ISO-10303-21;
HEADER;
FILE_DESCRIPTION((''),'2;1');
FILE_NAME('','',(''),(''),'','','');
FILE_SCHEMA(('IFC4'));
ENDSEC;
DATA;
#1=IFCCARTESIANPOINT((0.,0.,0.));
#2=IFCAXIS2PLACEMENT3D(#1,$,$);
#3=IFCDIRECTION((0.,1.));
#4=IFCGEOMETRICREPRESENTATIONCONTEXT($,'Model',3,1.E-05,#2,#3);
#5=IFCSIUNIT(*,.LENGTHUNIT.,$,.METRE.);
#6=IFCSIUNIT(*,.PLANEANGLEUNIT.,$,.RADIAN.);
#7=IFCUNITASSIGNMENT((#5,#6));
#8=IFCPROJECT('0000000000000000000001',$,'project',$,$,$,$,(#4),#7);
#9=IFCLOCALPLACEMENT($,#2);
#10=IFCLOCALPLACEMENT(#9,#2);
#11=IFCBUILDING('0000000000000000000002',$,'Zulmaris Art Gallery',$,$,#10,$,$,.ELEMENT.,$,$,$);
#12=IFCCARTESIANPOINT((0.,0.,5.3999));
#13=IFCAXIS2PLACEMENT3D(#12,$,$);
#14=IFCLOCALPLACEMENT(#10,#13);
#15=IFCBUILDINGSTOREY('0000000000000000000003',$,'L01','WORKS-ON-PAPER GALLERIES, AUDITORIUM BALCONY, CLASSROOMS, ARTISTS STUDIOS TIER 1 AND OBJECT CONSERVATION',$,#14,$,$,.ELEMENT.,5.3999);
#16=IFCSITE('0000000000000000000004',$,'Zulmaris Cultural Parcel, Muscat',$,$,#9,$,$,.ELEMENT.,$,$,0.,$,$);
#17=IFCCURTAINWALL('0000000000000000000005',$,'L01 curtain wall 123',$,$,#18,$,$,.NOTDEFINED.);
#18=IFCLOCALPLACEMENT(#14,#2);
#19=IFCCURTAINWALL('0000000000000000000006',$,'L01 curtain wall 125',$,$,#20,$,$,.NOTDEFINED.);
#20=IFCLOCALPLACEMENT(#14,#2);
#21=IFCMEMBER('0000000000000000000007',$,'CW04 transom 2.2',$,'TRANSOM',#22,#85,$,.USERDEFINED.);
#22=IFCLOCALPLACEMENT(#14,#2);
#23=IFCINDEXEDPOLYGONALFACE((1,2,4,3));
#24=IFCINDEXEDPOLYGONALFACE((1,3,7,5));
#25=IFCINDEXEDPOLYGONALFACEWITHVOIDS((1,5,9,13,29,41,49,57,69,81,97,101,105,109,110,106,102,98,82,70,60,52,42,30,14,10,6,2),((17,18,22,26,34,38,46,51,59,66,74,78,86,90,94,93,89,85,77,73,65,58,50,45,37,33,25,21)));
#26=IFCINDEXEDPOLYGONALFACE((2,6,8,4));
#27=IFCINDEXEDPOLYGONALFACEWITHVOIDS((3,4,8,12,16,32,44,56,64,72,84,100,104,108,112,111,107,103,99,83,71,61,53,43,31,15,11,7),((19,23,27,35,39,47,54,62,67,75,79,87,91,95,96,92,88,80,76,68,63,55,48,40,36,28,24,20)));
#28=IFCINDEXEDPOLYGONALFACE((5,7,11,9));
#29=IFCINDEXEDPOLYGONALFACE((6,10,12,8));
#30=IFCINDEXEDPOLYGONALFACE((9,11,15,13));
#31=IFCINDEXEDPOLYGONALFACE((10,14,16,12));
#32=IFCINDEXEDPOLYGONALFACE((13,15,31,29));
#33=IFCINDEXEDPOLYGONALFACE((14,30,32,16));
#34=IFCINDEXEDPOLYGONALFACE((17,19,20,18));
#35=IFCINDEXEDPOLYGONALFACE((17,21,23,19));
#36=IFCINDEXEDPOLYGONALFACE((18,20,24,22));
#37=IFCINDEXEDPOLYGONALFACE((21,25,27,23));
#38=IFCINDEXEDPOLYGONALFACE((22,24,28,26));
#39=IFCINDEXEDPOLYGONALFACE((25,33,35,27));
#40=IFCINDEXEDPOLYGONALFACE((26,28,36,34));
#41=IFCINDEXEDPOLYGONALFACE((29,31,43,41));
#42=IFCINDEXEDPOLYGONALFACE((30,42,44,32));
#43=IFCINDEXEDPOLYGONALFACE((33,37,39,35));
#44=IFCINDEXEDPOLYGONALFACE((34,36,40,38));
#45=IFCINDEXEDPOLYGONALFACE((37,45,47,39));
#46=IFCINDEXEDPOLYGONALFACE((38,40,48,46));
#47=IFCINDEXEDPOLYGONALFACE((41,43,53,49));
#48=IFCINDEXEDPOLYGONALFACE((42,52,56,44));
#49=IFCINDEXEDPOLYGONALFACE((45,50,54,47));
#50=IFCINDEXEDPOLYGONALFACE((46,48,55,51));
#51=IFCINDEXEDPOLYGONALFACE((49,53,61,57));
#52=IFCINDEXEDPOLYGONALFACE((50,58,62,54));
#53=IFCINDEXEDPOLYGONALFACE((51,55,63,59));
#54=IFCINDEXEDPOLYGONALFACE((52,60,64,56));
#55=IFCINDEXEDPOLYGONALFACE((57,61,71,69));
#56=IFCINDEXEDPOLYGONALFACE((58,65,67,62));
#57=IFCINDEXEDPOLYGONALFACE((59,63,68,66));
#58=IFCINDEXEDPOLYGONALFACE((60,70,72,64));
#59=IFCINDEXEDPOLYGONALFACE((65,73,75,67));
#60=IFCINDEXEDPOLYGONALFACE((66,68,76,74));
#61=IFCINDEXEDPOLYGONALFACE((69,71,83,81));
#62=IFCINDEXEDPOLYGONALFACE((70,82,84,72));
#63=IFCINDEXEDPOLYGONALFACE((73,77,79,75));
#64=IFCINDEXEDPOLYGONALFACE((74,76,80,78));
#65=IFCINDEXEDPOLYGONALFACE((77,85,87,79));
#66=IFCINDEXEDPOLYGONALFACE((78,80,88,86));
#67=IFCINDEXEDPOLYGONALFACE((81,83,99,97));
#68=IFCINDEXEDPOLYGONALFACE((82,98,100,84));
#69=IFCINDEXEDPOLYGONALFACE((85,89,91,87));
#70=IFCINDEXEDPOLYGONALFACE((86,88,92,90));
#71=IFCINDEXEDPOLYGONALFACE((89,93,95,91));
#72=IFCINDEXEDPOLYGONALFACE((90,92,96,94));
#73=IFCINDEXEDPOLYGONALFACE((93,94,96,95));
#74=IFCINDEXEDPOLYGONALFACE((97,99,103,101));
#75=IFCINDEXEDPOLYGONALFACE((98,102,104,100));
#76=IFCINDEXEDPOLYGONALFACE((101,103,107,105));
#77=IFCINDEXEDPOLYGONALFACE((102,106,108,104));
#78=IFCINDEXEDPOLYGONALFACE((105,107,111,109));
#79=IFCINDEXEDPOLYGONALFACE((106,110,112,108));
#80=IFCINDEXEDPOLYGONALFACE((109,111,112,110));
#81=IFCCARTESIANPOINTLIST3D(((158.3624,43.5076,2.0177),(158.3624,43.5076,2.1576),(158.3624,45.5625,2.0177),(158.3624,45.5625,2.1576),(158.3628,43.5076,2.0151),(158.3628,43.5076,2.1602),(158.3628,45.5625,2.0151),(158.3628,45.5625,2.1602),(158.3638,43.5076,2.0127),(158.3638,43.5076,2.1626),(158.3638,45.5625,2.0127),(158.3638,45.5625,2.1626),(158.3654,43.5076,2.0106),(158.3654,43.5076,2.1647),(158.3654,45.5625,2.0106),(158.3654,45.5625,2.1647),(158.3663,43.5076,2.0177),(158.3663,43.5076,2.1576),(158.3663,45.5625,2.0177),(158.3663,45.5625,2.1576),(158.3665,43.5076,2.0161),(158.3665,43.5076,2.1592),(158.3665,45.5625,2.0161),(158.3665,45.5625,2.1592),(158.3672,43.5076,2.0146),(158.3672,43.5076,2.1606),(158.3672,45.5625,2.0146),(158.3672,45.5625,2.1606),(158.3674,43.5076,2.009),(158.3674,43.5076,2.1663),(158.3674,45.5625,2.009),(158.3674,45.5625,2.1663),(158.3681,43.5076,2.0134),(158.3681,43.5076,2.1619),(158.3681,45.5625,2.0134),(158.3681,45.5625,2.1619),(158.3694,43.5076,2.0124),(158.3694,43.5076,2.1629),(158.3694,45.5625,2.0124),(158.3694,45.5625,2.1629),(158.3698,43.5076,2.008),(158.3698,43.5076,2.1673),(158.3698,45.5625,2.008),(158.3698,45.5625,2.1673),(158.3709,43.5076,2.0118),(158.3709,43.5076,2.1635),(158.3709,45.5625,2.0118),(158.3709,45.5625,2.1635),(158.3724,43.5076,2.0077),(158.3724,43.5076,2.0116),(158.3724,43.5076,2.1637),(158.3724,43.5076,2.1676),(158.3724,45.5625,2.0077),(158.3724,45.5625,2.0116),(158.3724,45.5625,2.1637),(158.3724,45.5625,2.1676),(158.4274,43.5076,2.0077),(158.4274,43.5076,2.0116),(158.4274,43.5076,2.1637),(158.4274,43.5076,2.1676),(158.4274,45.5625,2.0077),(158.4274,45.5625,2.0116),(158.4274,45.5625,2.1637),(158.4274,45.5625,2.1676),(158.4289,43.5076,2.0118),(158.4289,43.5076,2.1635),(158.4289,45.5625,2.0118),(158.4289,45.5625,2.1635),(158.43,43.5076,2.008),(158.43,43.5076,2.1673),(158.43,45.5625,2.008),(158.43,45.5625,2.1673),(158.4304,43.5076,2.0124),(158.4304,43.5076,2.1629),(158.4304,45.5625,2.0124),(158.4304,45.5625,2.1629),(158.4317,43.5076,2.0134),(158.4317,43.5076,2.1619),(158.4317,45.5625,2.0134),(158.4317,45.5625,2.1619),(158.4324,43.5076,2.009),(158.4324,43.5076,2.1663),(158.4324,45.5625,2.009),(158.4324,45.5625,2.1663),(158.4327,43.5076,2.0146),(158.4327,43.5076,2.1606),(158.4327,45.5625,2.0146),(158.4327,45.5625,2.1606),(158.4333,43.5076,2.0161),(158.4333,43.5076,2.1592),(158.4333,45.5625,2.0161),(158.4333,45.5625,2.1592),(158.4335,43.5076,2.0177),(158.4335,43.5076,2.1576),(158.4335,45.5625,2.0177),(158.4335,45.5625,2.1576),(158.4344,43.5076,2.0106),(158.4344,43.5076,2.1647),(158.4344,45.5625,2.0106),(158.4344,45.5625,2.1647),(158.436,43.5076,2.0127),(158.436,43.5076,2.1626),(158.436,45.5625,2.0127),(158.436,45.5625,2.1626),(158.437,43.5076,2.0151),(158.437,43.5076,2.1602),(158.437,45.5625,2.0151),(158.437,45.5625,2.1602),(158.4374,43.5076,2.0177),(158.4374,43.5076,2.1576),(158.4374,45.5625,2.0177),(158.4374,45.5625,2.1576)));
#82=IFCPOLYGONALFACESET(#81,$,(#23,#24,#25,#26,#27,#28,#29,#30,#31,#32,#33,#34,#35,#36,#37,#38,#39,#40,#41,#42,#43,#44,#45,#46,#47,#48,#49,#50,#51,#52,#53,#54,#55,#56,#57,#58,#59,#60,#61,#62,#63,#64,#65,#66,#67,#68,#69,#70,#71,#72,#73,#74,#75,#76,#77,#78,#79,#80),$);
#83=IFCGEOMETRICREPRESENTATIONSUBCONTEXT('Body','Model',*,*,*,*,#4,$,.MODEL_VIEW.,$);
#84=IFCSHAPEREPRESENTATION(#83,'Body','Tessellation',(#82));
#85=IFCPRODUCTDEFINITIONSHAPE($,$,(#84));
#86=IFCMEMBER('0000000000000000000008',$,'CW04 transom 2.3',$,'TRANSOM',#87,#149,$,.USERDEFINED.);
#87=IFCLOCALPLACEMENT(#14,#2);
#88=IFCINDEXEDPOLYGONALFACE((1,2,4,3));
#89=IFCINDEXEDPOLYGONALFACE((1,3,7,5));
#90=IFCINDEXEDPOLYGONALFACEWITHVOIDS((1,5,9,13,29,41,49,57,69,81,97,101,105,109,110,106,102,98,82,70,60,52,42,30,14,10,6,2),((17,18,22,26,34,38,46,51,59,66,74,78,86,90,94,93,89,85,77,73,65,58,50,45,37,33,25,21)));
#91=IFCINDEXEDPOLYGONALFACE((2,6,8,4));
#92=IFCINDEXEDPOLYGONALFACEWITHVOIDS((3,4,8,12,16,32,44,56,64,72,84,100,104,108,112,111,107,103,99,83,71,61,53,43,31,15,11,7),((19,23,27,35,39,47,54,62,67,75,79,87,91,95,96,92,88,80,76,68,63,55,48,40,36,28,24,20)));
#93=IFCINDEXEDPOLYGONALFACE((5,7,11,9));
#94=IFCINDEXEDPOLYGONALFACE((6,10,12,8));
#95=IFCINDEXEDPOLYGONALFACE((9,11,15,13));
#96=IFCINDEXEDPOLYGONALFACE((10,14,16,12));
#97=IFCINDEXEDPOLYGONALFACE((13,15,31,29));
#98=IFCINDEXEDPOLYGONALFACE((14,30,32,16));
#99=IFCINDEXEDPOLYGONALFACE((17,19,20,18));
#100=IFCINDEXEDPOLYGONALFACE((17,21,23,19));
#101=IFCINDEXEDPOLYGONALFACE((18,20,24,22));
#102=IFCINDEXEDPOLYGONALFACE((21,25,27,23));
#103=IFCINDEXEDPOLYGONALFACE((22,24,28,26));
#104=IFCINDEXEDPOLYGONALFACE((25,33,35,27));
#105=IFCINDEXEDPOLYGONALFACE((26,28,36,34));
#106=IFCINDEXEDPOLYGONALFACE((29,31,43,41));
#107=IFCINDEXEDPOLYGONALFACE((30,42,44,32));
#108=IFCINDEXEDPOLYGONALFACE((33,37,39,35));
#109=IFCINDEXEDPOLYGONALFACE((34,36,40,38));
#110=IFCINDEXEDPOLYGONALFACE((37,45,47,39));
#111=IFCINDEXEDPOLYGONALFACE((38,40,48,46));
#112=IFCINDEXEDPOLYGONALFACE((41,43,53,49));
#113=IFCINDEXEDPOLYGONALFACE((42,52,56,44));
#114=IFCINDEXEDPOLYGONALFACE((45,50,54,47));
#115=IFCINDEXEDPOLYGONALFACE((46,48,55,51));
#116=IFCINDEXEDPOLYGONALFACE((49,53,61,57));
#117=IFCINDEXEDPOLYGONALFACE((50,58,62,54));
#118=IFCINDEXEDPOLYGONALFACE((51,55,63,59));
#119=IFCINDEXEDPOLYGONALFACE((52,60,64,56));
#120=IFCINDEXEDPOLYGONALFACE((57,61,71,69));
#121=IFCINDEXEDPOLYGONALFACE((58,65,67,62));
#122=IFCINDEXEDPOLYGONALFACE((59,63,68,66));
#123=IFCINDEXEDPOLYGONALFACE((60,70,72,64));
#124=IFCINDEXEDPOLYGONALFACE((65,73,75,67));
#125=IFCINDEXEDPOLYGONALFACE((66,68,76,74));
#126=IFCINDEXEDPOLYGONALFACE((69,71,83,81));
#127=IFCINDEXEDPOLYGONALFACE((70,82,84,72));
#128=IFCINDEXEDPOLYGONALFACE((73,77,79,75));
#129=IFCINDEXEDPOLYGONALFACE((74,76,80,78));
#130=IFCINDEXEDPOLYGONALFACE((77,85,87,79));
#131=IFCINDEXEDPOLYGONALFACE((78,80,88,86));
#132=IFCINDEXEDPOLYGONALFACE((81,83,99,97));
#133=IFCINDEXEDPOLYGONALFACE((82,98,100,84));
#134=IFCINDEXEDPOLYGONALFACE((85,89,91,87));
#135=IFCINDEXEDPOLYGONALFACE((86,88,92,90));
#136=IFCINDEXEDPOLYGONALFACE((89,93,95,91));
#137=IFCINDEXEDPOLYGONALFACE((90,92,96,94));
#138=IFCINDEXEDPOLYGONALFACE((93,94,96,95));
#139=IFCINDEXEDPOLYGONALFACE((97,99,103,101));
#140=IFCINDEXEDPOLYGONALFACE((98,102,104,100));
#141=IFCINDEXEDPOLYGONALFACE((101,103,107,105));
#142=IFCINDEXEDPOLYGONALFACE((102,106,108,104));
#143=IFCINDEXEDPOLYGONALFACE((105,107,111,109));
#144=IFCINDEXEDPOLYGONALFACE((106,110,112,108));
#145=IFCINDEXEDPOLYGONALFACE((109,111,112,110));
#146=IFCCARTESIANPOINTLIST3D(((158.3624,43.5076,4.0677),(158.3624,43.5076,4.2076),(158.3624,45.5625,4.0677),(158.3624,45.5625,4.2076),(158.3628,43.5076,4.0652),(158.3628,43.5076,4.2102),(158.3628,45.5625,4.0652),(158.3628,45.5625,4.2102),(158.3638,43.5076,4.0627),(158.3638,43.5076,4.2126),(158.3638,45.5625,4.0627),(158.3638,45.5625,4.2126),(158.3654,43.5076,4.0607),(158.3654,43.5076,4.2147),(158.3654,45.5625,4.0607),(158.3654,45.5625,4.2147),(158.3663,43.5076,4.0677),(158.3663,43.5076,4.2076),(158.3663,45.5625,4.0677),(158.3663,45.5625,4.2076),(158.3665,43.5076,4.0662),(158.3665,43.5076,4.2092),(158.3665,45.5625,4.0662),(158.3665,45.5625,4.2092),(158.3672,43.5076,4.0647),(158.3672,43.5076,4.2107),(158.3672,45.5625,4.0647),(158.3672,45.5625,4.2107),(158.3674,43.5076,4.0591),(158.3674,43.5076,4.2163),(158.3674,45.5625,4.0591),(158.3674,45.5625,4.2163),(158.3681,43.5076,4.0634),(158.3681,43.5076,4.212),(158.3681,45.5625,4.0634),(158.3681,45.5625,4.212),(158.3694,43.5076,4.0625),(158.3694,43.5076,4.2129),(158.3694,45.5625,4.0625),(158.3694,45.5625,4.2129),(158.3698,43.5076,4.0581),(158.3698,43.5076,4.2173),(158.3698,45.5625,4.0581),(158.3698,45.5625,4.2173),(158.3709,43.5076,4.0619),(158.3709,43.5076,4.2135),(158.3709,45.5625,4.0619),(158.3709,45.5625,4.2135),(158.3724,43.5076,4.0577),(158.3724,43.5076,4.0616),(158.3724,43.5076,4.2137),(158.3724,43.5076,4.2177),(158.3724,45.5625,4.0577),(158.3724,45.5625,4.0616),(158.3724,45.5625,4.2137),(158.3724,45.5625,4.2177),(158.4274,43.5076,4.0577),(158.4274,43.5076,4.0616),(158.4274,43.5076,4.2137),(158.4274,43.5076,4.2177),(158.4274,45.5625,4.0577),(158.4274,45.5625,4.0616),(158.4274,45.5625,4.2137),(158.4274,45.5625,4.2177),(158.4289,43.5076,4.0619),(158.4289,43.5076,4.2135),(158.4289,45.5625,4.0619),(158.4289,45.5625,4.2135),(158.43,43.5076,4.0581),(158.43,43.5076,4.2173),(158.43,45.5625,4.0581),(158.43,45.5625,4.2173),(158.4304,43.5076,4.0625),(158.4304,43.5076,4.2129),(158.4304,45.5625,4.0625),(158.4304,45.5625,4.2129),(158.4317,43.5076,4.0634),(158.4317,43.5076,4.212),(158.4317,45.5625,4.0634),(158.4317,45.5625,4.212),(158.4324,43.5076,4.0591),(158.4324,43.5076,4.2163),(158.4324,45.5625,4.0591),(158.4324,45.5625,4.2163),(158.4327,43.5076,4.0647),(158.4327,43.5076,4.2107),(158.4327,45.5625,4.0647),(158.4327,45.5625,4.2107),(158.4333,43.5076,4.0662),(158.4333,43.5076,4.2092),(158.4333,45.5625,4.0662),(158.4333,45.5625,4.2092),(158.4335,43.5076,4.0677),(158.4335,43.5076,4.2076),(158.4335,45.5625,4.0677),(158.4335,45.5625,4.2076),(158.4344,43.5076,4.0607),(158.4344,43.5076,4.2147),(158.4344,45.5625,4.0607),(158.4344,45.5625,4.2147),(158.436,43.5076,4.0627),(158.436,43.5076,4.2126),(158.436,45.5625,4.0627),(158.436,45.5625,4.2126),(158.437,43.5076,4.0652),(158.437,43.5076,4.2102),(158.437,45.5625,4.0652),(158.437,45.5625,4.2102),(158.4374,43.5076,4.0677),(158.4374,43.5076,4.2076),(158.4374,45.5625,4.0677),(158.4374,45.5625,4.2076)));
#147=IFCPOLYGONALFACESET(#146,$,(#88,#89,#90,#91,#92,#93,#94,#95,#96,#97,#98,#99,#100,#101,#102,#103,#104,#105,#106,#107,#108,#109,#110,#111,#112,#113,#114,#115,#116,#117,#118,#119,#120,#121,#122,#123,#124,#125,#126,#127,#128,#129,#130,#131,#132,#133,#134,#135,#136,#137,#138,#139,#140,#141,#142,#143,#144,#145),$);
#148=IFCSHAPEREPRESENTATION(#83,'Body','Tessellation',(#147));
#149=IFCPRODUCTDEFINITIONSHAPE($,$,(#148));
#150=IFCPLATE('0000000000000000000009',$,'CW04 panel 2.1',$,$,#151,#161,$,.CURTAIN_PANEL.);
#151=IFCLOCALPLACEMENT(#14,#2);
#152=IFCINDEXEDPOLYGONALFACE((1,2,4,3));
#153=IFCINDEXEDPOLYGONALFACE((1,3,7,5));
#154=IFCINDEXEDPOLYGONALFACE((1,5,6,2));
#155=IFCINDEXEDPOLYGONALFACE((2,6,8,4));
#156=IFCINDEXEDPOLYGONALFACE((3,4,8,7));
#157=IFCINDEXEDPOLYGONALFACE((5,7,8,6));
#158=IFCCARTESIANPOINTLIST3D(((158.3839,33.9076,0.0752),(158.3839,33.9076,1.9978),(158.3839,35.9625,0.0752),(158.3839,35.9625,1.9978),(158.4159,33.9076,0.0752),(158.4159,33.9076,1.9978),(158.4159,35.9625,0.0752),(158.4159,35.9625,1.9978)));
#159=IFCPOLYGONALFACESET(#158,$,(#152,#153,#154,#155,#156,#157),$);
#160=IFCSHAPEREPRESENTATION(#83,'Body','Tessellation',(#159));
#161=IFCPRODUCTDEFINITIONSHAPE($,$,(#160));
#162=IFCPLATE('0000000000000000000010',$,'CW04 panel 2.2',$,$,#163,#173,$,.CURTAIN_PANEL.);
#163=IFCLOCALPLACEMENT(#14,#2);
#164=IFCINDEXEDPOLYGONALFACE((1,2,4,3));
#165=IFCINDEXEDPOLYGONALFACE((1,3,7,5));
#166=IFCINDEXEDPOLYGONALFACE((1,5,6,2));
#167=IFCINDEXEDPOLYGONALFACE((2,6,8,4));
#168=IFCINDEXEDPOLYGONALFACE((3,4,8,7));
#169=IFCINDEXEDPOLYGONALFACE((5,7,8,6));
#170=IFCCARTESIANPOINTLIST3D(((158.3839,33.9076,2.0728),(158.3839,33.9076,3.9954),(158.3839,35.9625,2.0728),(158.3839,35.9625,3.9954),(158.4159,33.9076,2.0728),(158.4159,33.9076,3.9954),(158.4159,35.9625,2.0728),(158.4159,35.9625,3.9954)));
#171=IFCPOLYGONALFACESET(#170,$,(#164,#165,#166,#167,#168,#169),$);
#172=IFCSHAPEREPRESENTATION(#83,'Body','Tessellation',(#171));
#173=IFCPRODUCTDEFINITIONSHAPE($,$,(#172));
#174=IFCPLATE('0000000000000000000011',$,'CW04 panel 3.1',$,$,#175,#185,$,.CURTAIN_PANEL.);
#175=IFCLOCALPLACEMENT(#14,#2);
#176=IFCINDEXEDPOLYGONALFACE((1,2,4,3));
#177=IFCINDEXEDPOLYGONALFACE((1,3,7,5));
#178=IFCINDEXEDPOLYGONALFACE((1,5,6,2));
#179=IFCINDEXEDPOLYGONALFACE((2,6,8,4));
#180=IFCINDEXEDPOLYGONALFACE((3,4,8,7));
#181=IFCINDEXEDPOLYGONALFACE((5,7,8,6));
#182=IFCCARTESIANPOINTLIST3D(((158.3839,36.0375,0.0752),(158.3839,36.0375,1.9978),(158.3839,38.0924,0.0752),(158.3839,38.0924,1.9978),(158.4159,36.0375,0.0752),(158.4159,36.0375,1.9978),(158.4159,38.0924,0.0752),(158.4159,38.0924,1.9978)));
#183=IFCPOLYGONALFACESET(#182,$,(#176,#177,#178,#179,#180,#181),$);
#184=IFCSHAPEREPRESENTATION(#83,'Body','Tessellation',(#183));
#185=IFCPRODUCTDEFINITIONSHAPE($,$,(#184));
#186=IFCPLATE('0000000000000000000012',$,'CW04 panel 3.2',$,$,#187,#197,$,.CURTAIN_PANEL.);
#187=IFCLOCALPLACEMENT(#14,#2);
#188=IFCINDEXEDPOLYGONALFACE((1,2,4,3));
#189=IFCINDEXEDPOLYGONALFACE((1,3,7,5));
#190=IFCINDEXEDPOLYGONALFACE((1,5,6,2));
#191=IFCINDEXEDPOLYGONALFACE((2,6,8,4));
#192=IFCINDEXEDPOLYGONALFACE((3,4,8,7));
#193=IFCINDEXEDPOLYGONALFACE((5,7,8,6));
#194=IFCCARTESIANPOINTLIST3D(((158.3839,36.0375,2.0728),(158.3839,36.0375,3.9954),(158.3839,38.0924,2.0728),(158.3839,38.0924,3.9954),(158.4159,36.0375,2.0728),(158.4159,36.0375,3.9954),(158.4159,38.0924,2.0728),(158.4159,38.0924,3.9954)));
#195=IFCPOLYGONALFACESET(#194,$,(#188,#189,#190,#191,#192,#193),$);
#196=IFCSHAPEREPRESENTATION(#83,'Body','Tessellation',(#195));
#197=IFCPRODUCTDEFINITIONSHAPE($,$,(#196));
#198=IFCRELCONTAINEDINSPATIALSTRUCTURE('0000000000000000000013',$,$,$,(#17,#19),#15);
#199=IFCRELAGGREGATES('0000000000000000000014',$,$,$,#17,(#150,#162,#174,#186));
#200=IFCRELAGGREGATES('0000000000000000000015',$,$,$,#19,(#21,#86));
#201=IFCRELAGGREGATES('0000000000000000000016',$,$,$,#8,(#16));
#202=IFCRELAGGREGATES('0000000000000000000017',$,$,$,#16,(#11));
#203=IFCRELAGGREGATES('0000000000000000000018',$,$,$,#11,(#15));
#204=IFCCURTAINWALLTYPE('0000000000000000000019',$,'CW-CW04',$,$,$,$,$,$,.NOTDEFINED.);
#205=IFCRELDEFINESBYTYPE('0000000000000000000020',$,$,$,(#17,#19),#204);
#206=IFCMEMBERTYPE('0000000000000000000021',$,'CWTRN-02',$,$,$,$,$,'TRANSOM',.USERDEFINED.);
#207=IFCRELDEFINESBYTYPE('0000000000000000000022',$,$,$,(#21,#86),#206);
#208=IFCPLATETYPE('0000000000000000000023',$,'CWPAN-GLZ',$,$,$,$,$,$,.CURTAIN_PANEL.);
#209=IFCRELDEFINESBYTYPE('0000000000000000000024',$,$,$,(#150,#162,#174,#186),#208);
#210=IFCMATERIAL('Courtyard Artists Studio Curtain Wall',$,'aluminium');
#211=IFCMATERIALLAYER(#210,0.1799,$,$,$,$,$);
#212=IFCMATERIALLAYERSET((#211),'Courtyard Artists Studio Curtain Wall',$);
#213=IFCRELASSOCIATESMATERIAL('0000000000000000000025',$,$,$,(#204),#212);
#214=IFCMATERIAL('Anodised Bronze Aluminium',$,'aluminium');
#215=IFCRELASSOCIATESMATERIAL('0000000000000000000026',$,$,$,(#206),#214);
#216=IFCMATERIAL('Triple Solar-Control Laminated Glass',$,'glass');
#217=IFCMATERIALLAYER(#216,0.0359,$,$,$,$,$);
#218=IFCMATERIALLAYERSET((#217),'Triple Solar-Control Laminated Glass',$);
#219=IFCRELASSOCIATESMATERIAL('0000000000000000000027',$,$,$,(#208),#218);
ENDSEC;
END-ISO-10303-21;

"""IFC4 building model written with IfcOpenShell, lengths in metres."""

from ifc_helpers import new_model, si_unit, direction, frame, origin, origin_2d, place, context, subcontext, project, spatial, rectangle, hollow_rectangle, extrude, material, layer, layer_set, material_profile, profile_set, type_object, element, aggregate, save


model = new_model("IFC4")

# Units and contexts
model_context = context("Model", 3, precision=1e-05, world=origin(), true_north=direction((0.0, 1.0)))
body_context = subcontext(model_context, "Body", "Model", "MODEL_VIEW")
ifc_project = project(units=[si_unit("LENGTHUNIT", "METRE"), si_unit("PLANEANGLEUNIT", "RADIAN")], contexts=[model_context])

# Site, building, storey
site_placement = place(None, origin())
site = spatial("IfcSite", under=ifc_project, at=site_placement, Name="Zulmaris Cultural Parcel, Muscat", CompositionType="ELEMENT", RefElevation=0.0)
building_placement = place(site_placement, origin())
building = spatial("IfcBuilding", under=site, at=building_placement, Name="Zulmaris Art Gallery", CompositionType="ELEMENT")
storey_placement = place(building_placement, frame((0.0, 0.0, 5.3999)))
storey = spatial("IfcBuildingStorey", under=building, at=storey_placement, Name="L01", Description="WORKS-ON-PAPER GALLERIES, AUDITORIUM BALCONY, CLASSROOMS, ARTISTS STUDIOS TIER 1 AND OBJECT CONSERVATION", CompositionType="ELEMENT", Elevation=5.3999)

# Curtain walls
ifc_material_1 = material(Name="Courtyard Artists Studio Curtain Wall", Category="aluminium")
ifc_layer_1 = layer(ifc_material_1, 0.1799)
ifc_layer_set_1 = layer_set([ifc_layer_1], Name="Courtyard Artists Studio Curtain Wall")
curtain_wall_type = type_object("IfcCurtainWallType", Name="CW-CW04", PredefinedType="NOTDEFINED", material=ifc_layer_set_1)
curtain_wall_1_placement = place(storey_placement, origin())
curtain_wall_1 = element("IfcCurtainWall", 1, at=curtain_wall_1_placement, inside=storey, type_object=curtain_wall_type, Name="L01 curtain wall 123", PredefinedType="NOTDEFINED")
ifc_material_2 = material(Name="Anodised Bronze Aluminium", Category="aluminium")
curtain_wall_2_placement = place(storey_placement, origin())
curtain_wall_2 = element("IfcCurtainWall", 2, at=curtain_wall_2_placement, inside=storey, type_object=curtain_wall_type, Name="L01 curtain wall 125", PredefinedType="NOTDEFINED")

# Members
ifc_material_profile_1 = material_profile(ifc_material_2, hollow_rectangle(XDim=0.075, YDim=0.1599, WallThickness=0.0039, InnerFilletRadius=0.0061, OuterFilletRadius=0.01, at=origin_2d()), Name="ALU 75x160x4")
ifc_profile_set_1 = profile_set([ifc_material_profile_1], Name="Anodised Bronze Aluminium")
member_type_1 = type_object("IfcMemberType", Name="CWTRN-02", ElementType="TRANSOM", PredefinedType="USERDEFINED", material=ifc_profile_set_1)
member_1_placement = place(storey_placement, frame((158.3999, 43.5076, 2.0876), z_axis=(0.0, 1.0, 0.0), x_axis=(-1.0, 0.0, 0.0)))
member_1 = element("IfcMember", 3, at=member_1_placement, type_object=member_type_1, Name="CW04 transom 2.2", ObjectType="TRANSOM", PredefinedType="USERDEFINED", context=body_context, shape_type="SweptSolid", body=[
    extrude(hollow_rectangle(XDim=0.075, YDim=0.1599, WallThickness=0.0039, InnerFilletRadius=0.0061, OuterFilletRadius=0.01, at=origin_2d()), origin(), (0.0, 0.0, 1.0), 2.0549),
])
member_2_placement = place(storey_placement, frame((158.3999, 43.5076, 4.1377), z_axis=(0.0, 1.0, 0.0), x_axis=(-1.0, 0.0, 0.0)))
member_2 = element("IfcMember", 4, at=member_2_placement, type_object=member_type_1, Name="CW04 transom 2.3", ObjectType="TRANSOM", PredefinedType="USERDEFINED", context=body_context, shape_type="SweptSolid", body=[
    extrude(hollow_rectangle(XDim=0.075, YDim=0.1599, WallThickness=0.0039, InnerFilletRadius=0.0061, OuterFilletRadius=0.01, at=origin_2d()), origin(), (0.0, 0.0, 1.0), 2.0549),
])

# Plates
ifc_material_3 = material(Name="Triple Solar-Control Laminated Glass", Category="glass")
ifc_layer_2 = layer(ifc_material_3, 0.0359)
ifc_layer_set_2 = layer_set([ifc_layer_2], Name="Triple Solar-Control Laminated Glass")
plate_type = type_object("IfcPlateType", Name="CWPAN-GLZ", PredefinedType="CURTAIN_PANEL", material=ifc_layer_set_2)
plate_1_placement = place(storey_placement, frame((158.3999, 34.9351, 0.0752), z_axis=(0.0, 0.0, 1.0), x_axis=(0.0, 1.0, 0.0)))
plate_1 = element("IfcPlate", 5, at=plate_1_placement, type_object=plate_type, Name="CW04 panel 2.1", PredefinedType="CURTAIN_PANEL", context=body_context, shape_type="SweptSolid", body=[
    extrude(rectangle(XDim=2.0549, YDim=0.032, at=origin_2d()), origin(), (0.0, 0.0, 1.0), 1.9226),
])
plate_2_placement = place(storey_placement, frame((158.3999, 34.9351, 2.0728), z_axis=(0.0, 0.0, 1.0), x_axis=(0.0, 1.0, 0.0)))
plate_2 = element("IfcPlate", 6, at=plate_2_placement, type_object=plate_type, Name="CW04 panel 2.2", PredefinedType="CURTAIN_PANEL", context=body_context, shape_type="SweptSolid", body=[
    extrude(rectangle(XDim=2.0549, YDim=0.032, at=origin_2d()), origin(), (0.0, 0.0, 1.0), 1.9226),
])
plate_3_placement = place(storey_placement, frame((158.3999, 37.0649, 0.0752), z_axis=(0.0, 0.0, 1.0), x_axis=(0.0, 1.0, 0.0)))
plate_3 = element("IfcPlate", 7, at=plate_3_placement, type_object=plate_type, Name="CW04 panel 3.1", PredefinedType="CURTAIN_PANEL", context=body_context, shape_type="SweptSolid", body=[
    extrude(rectangle(XDim=2.0549, YDim=0.032, at=origin_2d()), origin(), (0.0, 0.0, 1.0), 1.9226),
])
plate_4_placement = place(storey_placement, frame((158.3999, 37.0649, 2.0728), z_axis=(0.0, 0.0, 1.0), x_axis=(0.0, 1.0, 0.0)))
plate_4 = element("IfcPlate", 8, at=plate_4_placement, type_object=plate_type, Name="CW04 panel 3.2", PredefinedType="CURTAIN_PANEL", context=body_context, shape_type="SweptSolid", body=[
    extrude(rectangle(XDim=2.0549, YDim=0.032, at=origin_2d()), origin(), (0.0, 0.0, 1.0), 1.9226),
])
aggregate(curtain_wall_1, [plate_1, plate_2, plate_3, plate_4])
aggregate(curtain_wall_2, [member_1, member_2])

save(model, "model.ifc")
